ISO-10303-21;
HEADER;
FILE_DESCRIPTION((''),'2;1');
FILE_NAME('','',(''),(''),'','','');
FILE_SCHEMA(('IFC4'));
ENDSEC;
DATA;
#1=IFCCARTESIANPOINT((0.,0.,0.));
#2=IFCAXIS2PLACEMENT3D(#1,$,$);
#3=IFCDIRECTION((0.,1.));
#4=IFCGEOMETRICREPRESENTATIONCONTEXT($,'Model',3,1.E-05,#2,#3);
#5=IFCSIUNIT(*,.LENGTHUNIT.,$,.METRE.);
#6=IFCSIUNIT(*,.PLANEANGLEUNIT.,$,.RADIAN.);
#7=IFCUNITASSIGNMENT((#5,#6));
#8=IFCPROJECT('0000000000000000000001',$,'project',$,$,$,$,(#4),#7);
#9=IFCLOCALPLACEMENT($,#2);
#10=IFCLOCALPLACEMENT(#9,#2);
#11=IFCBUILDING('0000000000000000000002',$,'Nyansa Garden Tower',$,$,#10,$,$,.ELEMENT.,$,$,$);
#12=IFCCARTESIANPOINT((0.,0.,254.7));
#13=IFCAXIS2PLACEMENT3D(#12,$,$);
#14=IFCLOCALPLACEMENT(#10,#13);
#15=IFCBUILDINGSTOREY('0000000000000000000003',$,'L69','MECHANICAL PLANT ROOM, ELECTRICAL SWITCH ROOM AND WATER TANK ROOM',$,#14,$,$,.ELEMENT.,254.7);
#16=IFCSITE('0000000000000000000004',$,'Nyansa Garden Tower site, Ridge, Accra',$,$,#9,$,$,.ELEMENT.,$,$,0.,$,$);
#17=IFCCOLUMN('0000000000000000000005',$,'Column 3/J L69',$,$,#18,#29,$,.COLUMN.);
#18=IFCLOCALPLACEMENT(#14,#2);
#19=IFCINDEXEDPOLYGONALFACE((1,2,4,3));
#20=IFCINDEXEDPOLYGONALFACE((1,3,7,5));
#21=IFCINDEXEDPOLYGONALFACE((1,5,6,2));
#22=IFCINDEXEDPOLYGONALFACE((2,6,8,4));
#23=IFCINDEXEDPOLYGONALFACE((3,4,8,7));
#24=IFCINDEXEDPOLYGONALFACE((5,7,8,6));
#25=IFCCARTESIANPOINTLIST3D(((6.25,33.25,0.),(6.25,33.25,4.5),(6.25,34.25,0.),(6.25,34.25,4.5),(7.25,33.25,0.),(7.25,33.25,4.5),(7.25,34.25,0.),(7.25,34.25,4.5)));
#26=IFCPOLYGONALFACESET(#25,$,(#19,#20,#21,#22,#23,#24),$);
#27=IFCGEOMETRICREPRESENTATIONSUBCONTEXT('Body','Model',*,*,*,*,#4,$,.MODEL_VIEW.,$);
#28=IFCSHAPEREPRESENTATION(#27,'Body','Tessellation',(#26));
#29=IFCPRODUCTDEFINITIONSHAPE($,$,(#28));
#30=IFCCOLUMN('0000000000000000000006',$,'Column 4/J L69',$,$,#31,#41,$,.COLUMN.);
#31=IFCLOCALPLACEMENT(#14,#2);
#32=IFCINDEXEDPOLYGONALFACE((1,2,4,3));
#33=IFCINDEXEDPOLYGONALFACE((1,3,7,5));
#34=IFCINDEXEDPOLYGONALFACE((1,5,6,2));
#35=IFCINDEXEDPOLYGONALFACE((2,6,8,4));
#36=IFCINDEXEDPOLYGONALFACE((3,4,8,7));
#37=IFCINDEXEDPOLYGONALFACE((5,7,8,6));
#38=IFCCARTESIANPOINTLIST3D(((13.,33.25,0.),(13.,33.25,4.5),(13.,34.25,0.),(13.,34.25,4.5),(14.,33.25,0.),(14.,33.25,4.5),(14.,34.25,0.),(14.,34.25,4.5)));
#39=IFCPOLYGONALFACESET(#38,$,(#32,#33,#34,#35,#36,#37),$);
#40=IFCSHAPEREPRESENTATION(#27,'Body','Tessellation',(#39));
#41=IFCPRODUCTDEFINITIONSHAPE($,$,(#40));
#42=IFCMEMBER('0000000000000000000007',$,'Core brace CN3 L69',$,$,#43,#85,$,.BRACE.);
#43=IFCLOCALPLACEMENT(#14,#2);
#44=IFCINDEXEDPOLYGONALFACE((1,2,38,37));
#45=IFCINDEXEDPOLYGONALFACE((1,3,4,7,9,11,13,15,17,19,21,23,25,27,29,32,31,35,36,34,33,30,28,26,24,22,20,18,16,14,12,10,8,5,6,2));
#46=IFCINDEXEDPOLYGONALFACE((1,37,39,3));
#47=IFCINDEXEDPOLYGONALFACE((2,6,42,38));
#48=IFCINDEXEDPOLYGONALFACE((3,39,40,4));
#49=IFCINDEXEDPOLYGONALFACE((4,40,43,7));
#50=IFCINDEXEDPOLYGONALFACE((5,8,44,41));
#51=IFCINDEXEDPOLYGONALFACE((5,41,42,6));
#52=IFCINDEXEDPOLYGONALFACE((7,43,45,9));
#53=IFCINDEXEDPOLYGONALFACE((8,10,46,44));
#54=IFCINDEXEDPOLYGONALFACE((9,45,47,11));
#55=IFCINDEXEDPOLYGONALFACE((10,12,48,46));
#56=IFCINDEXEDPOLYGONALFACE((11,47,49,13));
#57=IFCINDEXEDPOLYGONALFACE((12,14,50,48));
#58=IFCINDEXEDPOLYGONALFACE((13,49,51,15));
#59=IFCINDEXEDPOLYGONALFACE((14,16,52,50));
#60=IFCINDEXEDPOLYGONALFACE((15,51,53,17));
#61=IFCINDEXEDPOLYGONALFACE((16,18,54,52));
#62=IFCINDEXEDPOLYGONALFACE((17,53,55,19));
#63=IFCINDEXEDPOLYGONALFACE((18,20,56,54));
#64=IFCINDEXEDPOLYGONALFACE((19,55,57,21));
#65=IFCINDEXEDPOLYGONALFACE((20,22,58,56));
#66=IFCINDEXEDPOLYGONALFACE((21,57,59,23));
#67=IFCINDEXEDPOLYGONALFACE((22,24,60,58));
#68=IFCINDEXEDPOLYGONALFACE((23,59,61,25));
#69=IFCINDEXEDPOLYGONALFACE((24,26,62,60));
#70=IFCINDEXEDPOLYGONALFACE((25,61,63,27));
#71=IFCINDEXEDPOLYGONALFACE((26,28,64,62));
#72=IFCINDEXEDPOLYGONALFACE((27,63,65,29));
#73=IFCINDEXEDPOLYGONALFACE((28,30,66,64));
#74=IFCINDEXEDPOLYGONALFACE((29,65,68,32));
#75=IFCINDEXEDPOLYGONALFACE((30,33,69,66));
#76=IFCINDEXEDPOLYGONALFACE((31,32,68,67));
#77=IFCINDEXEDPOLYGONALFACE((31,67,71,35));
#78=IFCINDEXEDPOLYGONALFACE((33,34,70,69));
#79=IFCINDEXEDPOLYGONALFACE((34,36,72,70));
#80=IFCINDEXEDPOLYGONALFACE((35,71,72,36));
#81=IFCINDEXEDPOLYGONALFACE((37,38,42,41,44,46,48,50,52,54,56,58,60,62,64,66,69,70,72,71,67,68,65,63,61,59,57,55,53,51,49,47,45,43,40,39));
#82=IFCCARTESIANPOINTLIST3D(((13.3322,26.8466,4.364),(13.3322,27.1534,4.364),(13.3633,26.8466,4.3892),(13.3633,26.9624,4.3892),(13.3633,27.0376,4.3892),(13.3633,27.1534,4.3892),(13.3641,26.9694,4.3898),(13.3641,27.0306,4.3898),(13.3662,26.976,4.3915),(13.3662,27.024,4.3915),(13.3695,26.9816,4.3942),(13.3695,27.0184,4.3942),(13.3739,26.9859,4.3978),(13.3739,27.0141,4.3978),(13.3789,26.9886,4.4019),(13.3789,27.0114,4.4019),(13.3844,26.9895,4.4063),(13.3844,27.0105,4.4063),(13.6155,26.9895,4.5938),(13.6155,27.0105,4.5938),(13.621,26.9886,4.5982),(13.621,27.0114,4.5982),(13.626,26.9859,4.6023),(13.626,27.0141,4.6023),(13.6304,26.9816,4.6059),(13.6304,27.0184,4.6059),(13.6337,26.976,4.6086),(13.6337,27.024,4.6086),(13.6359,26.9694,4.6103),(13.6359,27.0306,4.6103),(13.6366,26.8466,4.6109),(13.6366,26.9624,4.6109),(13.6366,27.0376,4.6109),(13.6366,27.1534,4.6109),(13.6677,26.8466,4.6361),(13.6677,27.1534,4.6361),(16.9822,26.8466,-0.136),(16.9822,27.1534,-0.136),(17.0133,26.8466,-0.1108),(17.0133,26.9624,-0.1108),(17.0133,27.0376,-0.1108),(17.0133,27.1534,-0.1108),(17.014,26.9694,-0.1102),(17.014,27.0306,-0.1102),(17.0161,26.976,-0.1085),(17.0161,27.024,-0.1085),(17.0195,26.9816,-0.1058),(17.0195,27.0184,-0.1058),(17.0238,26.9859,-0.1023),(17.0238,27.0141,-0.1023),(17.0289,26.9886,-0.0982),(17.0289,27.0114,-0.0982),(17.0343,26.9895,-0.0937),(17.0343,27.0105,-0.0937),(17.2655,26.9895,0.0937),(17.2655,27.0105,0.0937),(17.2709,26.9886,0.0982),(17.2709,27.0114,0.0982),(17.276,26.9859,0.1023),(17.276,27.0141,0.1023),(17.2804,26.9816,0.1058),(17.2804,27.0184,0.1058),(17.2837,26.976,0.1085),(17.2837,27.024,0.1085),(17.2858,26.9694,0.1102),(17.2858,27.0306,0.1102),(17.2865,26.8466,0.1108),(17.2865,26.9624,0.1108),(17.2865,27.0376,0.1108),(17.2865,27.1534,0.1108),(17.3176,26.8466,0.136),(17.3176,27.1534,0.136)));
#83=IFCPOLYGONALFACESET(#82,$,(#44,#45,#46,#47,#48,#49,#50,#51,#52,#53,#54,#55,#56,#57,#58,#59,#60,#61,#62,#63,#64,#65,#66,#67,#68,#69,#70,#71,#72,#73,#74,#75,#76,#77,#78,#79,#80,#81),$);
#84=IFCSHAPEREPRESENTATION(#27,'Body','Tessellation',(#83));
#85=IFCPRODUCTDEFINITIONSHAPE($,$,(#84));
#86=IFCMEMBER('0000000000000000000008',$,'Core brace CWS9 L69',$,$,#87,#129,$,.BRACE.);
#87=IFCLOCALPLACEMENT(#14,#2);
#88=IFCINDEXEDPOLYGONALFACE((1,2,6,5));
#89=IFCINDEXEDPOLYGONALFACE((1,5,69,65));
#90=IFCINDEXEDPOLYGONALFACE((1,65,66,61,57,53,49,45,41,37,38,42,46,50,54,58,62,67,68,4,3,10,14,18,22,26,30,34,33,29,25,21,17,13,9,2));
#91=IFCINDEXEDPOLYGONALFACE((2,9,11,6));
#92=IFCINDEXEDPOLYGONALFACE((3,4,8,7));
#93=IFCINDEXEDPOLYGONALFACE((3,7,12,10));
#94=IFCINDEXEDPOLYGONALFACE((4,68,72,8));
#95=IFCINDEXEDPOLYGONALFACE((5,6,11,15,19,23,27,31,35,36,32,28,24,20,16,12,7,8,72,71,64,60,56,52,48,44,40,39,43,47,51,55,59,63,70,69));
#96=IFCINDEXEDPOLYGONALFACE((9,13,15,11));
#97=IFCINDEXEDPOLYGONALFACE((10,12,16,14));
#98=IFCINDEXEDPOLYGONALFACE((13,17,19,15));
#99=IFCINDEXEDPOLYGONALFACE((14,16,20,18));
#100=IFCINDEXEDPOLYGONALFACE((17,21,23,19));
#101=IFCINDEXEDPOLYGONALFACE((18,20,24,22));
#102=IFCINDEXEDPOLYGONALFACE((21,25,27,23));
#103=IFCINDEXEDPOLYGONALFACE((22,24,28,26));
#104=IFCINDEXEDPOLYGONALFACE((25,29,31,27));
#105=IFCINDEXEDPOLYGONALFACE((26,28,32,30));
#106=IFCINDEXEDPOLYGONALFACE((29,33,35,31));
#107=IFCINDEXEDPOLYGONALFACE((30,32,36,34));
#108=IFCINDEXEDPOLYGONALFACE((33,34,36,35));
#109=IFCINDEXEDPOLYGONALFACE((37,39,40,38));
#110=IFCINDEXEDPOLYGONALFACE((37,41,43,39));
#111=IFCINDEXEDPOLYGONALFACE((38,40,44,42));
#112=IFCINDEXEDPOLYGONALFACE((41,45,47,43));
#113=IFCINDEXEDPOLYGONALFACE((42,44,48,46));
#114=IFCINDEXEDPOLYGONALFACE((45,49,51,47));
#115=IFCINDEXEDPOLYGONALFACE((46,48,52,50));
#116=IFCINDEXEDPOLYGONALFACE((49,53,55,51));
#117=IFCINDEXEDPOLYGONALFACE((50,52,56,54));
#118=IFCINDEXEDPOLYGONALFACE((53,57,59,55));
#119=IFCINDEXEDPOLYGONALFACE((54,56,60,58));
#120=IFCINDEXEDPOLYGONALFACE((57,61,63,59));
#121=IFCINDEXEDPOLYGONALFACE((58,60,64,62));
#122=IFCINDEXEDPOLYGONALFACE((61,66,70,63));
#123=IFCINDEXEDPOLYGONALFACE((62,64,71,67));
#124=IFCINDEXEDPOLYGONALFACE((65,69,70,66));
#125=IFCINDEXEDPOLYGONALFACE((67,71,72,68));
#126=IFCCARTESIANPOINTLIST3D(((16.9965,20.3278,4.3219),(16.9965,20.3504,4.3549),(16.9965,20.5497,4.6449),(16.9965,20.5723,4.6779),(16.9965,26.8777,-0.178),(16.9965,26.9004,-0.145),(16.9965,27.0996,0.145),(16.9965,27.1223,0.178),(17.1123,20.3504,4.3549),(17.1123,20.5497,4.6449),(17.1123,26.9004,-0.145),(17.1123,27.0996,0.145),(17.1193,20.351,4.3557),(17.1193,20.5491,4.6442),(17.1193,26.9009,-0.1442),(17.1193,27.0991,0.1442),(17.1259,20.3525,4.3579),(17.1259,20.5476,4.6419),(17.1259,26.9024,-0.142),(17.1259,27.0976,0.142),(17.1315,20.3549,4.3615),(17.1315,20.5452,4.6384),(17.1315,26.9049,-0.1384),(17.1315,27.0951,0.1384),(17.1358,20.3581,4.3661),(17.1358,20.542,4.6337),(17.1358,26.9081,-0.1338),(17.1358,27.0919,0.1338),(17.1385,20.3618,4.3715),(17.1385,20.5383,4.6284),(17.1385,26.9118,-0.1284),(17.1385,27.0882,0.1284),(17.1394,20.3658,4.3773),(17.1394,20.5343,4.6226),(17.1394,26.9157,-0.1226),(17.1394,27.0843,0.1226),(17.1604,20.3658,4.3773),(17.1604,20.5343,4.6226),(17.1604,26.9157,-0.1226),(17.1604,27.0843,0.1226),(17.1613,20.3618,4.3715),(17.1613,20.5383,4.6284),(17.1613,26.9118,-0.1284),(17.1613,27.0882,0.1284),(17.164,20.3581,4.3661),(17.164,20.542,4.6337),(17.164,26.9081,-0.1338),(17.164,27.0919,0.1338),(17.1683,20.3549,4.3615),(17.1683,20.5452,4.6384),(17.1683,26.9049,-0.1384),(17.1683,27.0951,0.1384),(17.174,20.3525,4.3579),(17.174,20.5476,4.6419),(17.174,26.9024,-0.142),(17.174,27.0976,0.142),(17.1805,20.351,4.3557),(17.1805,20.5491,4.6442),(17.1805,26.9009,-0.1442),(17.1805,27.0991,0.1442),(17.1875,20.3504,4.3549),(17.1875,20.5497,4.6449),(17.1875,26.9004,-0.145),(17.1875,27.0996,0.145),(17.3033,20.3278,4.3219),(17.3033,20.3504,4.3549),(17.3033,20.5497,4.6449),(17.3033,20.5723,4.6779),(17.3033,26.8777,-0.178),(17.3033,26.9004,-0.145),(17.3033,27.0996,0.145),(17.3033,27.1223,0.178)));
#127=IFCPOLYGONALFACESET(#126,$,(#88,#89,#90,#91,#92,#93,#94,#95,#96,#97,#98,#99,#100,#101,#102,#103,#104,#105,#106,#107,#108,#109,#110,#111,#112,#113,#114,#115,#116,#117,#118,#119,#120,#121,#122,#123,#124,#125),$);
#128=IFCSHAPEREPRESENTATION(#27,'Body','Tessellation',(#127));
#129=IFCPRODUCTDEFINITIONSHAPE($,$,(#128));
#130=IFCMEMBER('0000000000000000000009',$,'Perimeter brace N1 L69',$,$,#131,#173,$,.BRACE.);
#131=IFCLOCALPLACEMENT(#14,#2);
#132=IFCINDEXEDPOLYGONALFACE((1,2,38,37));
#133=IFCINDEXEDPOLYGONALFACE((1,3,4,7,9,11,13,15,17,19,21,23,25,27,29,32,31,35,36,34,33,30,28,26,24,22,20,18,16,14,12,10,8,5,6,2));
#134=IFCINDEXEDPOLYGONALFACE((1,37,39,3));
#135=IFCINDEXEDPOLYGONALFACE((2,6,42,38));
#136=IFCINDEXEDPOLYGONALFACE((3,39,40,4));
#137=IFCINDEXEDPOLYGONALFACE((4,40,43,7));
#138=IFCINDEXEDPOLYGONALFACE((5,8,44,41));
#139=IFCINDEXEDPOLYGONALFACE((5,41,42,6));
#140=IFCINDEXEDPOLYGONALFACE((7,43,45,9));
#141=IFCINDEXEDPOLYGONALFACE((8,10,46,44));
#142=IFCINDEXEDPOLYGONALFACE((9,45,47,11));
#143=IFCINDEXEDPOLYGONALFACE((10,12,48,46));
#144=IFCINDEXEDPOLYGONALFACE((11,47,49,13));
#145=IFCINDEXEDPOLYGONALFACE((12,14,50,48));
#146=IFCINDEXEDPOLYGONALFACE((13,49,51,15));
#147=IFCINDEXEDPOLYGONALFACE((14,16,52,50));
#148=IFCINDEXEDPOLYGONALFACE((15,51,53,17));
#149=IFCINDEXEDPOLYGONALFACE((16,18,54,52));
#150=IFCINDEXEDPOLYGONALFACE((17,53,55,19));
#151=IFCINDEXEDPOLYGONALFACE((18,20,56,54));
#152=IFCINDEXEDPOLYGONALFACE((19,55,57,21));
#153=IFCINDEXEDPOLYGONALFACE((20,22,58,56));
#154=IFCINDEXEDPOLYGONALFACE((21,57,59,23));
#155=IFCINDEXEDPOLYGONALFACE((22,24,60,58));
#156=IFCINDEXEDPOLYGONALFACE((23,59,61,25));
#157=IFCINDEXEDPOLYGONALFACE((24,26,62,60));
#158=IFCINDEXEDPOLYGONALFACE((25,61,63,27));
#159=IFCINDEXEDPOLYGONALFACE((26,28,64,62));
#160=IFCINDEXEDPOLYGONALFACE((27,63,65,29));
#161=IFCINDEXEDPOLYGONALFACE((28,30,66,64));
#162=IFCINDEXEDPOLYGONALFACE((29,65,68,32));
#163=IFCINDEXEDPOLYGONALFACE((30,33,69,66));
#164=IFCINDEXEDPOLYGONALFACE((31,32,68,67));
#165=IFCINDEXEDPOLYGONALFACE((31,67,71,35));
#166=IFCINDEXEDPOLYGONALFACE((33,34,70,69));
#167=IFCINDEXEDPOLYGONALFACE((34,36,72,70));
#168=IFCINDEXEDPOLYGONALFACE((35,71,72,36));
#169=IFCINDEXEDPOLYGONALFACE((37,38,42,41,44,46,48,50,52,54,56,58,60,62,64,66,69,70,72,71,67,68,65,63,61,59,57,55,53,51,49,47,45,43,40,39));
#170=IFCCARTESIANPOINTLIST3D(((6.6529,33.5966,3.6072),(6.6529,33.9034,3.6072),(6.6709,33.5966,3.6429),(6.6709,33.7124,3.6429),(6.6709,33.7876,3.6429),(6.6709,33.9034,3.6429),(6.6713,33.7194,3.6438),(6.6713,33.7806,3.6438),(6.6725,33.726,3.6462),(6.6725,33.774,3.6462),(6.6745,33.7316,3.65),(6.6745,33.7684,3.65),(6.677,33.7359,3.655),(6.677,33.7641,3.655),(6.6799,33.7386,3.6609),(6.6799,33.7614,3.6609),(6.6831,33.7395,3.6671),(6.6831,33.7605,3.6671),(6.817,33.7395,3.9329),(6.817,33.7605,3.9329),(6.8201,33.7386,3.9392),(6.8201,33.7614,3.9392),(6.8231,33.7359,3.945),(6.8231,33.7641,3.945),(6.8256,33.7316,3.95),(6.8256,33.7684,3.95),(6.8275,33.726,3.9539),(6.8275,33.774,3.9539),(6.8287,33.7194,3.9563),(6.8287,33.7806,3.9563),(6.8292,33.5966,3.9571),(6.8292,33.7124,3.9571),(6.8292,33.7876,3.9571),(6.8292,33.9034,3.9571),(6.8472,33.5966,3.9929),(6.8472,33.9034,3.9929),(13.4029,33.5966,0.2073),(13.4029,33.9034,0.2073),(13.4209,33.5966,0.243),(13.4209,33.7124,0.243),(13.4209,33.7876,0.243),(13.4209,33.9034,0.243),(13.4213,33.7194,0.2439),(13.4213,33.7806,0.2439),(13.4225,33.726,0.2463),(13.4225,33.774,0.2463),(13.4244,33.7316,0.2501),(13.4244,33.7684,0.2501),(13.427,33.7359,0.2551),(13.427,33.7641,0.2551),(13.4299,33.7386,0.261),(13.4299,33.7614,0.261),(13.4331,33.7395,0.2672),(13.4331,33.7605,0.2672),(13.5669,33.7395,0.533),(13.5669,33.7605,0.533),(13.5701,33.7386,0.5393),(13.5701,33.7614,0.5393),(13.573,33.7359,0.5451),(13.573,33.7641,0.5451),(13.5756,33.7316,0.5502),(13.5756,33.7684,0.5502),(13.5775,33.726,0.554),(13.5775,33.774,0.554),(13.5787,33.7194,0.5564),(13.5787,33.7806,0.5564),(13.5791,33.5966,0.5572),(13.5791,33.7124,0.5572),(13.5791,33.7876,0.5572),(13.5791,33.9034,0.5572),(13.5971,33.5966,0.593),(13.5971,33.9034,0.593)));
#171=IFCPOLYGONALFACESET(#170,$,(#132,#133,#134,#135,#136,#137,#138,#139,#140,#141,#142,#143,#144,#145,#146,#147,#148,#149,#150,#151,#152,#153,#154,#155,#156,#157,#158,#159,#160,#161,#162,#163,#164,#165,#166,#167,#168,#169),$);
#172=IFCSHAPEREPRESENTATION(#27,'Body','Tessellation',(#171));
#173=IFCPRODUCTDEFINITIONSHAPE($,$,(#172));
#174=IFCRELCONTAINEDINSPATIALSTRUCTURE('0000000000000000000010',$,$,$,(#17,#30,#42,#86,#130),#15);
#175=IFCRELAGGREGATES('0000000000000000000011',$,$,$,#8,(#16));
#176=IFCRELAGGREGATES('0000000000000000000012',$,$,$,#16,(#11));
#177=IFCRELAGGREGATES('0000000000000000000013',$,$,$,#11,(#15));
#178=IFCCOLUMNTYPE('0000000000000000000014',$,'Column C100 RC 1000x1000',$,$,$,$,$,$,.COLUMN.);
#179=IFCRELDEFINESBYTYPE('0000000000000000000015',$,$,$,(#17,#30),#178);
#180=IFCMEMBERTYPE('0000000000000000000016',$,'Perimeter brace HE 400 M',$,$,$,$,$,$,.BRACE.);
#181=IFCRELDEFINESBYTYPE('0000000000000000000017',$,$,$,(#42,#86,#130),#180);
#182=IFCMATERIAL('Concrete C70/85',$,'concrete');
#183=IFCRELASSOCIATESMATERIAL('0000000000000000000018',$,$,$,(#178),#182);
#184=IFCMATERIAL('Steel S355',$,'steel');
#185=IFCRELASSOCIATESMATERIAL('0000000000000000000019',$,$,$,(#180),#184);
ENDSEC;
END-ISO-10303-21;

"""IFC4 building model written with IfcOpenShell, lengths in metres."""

from ifc_helpers import new_model, si_unit, direction, frame, origin, origin_2d, place, context, subcontext, project, spatial, rectangle, i_section, extrude, material, material_profile, profile_set, type_object, element, save


model = new_model("IFC4")

# Units and contexts
model_context = context("Model", 3, precision=1e-05, world=origin(), true_north=direction((0.0, 1.0)))
body_context = subcontext(model_context, "Body", "Model", "MODEL_VIEW")
ifc_project = project(units=[si_unit("LENGTHUNIT", "METRE"), si_unit("PLANEANGLEUNIT", "RADIAN")], contexts=[model_context])

# Site, building, storey
site_placement = place(None, origin())
site = spatial("IfcSite", under=ifc_project, at=site_placement, Name="Nyansa Garden Tower site, Ridge, Accra", CompositionType="ELEMENT", RefElevation=0.0)
building_placement = place(site_placement, origin())
building = spatial("IfcBuilding", under=site, at=building_placement, Name="Nyansa Garden Tower", CompositionType="ELEMENT")
storey_placement = place(building_placement, frame((0.0, 0.0, 254.7)))
storey = spatial("IfcBuildingStorey", under=building, at=storey_placement, Name="L69", Description="MECHANICAL PLANT ROOM, ELECTRICAL SWITCH ROOM AND WATER TANK ROOM", CompositionType="ELEMENT", Elevation=254.7)

# Columns
ifc_material_1 = material(Name="Concrete C70/85", Category="concrete")
ifc_material_profile_1 = material_profile(ifc_material_1, rectangle(XDim=1.0, YDim=1.0, at=origin_2d()), Name="RC 1000x1000")
ifc_profile_set_1 = profile_set([ifc_material_profile_1], Name="Concrete C70/85")
column_type = type_object("IfcColumnType", Name="Column C100 RC 1000x1000", PredefinedType="COLUMN", material=ifc_profile_set_1)
for number, where, z_axis, x_axis, name in (
    (1, (6.75, 33.75, 0.0), (0.0, 0.0, 1.0), (1.0, 0.0, 0.0), "Column 3/J L69"),
    (2, (13.5, 33.75, 0.0), (0.0, 0.0, 1.0), (1.0, 0.0, 0.0), "Column 4/J L69"),
):
    element("IfcColumn", number, at=place(storey_placement, frame(where, z_axis=z_axis, x_axis=x_axis)), inside=storey, type_object=column_type, Name=name, PredefinedType="COLUMN", context=body_context, shape_type="SweptSolid", body=[
        extrude(rectangle(XDim=1.0, YDim=1.0, at=origin_2d()), origin(), (0.0, 0.0, 1.0), 4.5),
    ])

# Members
ifc_material_2 = material(Name="Steel S355", Category="steel")
ifc_material_profile_2 = material_profile(ifc_material_2, i_section(OverallWidth=0.3069, OverallDepth=0.4319, WebThickness=0.021, FlangeThickness=0.04, FilletRadius=0.0271, at=origin_2d()), Name="HE 400 M")
ifc_profile_set_2 = profile_set([ifc_material_profile_2], Name="Steel S355")
member_type = type_object("IfcMemberType", Name="Perimeter brace HE 400 M", PredefinedType="BRACE", material=ifc_profile_set_2)
member_1_placement = place(storey_placement, frame((17.1499, 27.0, 0.0), z_axis=(-0.629932, 0.0, 0.77665), x_axis=(0.0, -1.0, 0.0)))
element("IfcMember", 3, at=member_1_placement, inside=storey, type_object=member_type, Name="Core brace CN3 L69", PredefinedType="BRACE", context=body_context, shape_type="SweptSolid", body=[
    extrude(i_section(OverallWidth=0.3069, OverallDepth=0.4319, WebThickness=0.021, FlangeThickness=0.04, FilletRadius=0.0271, at=origin_2d()), origin(), (0.0, 0.0, 1.0), 5.7942),
])
member_2_placement = place(storey_placement, frame((17.1499, 27.0, 0.0), z_axis=(0.0, -0.824227, 0.566259), x_axis=(1.0, 0.0, 0.0)))
element("IfcMember", 4, at=member_2_placement, inside=storey, type_object=member_type, Name="Core brace CWS9 L69", PredefinedType="BRACE", context=body_context, shape_type="SweptSolid", body=[
    extrude(i_section(OverallWidth=0.3069, OverallDepth=0.4319, WebThickness=0.021, FlangeThickness=0.04, FilletRadius=0.0271, at=origin_2d()), origin(), (0.0, 0.0, 1.0), 7.9468),
])
member_3_placement = place(storey_placement, frame((13.5, 33.75, 0.4001), z_axis=(-0.893105, 0.0, 0.449848), x_axis=(0.0, -1.0, 0.0)))
element("IfcMember", 5, at=member_3_placement, inside=storey, type_object=member_type, Name="Perimeter brace N1 L69", PredefinedType="BRACE", context=body_context, shape_type="SweptSolid", body=[
    extrude(i_section(OverallWidth=0.3069, OverallDepth=0.4319, WebThickness=0.021, FlangeThickness=0.04, FilletRadius=0.0271, at=origin_2d()), origin(), (0.0, 0.0, 1.0), 7.5579),
])

save(model, "model.ifc")
